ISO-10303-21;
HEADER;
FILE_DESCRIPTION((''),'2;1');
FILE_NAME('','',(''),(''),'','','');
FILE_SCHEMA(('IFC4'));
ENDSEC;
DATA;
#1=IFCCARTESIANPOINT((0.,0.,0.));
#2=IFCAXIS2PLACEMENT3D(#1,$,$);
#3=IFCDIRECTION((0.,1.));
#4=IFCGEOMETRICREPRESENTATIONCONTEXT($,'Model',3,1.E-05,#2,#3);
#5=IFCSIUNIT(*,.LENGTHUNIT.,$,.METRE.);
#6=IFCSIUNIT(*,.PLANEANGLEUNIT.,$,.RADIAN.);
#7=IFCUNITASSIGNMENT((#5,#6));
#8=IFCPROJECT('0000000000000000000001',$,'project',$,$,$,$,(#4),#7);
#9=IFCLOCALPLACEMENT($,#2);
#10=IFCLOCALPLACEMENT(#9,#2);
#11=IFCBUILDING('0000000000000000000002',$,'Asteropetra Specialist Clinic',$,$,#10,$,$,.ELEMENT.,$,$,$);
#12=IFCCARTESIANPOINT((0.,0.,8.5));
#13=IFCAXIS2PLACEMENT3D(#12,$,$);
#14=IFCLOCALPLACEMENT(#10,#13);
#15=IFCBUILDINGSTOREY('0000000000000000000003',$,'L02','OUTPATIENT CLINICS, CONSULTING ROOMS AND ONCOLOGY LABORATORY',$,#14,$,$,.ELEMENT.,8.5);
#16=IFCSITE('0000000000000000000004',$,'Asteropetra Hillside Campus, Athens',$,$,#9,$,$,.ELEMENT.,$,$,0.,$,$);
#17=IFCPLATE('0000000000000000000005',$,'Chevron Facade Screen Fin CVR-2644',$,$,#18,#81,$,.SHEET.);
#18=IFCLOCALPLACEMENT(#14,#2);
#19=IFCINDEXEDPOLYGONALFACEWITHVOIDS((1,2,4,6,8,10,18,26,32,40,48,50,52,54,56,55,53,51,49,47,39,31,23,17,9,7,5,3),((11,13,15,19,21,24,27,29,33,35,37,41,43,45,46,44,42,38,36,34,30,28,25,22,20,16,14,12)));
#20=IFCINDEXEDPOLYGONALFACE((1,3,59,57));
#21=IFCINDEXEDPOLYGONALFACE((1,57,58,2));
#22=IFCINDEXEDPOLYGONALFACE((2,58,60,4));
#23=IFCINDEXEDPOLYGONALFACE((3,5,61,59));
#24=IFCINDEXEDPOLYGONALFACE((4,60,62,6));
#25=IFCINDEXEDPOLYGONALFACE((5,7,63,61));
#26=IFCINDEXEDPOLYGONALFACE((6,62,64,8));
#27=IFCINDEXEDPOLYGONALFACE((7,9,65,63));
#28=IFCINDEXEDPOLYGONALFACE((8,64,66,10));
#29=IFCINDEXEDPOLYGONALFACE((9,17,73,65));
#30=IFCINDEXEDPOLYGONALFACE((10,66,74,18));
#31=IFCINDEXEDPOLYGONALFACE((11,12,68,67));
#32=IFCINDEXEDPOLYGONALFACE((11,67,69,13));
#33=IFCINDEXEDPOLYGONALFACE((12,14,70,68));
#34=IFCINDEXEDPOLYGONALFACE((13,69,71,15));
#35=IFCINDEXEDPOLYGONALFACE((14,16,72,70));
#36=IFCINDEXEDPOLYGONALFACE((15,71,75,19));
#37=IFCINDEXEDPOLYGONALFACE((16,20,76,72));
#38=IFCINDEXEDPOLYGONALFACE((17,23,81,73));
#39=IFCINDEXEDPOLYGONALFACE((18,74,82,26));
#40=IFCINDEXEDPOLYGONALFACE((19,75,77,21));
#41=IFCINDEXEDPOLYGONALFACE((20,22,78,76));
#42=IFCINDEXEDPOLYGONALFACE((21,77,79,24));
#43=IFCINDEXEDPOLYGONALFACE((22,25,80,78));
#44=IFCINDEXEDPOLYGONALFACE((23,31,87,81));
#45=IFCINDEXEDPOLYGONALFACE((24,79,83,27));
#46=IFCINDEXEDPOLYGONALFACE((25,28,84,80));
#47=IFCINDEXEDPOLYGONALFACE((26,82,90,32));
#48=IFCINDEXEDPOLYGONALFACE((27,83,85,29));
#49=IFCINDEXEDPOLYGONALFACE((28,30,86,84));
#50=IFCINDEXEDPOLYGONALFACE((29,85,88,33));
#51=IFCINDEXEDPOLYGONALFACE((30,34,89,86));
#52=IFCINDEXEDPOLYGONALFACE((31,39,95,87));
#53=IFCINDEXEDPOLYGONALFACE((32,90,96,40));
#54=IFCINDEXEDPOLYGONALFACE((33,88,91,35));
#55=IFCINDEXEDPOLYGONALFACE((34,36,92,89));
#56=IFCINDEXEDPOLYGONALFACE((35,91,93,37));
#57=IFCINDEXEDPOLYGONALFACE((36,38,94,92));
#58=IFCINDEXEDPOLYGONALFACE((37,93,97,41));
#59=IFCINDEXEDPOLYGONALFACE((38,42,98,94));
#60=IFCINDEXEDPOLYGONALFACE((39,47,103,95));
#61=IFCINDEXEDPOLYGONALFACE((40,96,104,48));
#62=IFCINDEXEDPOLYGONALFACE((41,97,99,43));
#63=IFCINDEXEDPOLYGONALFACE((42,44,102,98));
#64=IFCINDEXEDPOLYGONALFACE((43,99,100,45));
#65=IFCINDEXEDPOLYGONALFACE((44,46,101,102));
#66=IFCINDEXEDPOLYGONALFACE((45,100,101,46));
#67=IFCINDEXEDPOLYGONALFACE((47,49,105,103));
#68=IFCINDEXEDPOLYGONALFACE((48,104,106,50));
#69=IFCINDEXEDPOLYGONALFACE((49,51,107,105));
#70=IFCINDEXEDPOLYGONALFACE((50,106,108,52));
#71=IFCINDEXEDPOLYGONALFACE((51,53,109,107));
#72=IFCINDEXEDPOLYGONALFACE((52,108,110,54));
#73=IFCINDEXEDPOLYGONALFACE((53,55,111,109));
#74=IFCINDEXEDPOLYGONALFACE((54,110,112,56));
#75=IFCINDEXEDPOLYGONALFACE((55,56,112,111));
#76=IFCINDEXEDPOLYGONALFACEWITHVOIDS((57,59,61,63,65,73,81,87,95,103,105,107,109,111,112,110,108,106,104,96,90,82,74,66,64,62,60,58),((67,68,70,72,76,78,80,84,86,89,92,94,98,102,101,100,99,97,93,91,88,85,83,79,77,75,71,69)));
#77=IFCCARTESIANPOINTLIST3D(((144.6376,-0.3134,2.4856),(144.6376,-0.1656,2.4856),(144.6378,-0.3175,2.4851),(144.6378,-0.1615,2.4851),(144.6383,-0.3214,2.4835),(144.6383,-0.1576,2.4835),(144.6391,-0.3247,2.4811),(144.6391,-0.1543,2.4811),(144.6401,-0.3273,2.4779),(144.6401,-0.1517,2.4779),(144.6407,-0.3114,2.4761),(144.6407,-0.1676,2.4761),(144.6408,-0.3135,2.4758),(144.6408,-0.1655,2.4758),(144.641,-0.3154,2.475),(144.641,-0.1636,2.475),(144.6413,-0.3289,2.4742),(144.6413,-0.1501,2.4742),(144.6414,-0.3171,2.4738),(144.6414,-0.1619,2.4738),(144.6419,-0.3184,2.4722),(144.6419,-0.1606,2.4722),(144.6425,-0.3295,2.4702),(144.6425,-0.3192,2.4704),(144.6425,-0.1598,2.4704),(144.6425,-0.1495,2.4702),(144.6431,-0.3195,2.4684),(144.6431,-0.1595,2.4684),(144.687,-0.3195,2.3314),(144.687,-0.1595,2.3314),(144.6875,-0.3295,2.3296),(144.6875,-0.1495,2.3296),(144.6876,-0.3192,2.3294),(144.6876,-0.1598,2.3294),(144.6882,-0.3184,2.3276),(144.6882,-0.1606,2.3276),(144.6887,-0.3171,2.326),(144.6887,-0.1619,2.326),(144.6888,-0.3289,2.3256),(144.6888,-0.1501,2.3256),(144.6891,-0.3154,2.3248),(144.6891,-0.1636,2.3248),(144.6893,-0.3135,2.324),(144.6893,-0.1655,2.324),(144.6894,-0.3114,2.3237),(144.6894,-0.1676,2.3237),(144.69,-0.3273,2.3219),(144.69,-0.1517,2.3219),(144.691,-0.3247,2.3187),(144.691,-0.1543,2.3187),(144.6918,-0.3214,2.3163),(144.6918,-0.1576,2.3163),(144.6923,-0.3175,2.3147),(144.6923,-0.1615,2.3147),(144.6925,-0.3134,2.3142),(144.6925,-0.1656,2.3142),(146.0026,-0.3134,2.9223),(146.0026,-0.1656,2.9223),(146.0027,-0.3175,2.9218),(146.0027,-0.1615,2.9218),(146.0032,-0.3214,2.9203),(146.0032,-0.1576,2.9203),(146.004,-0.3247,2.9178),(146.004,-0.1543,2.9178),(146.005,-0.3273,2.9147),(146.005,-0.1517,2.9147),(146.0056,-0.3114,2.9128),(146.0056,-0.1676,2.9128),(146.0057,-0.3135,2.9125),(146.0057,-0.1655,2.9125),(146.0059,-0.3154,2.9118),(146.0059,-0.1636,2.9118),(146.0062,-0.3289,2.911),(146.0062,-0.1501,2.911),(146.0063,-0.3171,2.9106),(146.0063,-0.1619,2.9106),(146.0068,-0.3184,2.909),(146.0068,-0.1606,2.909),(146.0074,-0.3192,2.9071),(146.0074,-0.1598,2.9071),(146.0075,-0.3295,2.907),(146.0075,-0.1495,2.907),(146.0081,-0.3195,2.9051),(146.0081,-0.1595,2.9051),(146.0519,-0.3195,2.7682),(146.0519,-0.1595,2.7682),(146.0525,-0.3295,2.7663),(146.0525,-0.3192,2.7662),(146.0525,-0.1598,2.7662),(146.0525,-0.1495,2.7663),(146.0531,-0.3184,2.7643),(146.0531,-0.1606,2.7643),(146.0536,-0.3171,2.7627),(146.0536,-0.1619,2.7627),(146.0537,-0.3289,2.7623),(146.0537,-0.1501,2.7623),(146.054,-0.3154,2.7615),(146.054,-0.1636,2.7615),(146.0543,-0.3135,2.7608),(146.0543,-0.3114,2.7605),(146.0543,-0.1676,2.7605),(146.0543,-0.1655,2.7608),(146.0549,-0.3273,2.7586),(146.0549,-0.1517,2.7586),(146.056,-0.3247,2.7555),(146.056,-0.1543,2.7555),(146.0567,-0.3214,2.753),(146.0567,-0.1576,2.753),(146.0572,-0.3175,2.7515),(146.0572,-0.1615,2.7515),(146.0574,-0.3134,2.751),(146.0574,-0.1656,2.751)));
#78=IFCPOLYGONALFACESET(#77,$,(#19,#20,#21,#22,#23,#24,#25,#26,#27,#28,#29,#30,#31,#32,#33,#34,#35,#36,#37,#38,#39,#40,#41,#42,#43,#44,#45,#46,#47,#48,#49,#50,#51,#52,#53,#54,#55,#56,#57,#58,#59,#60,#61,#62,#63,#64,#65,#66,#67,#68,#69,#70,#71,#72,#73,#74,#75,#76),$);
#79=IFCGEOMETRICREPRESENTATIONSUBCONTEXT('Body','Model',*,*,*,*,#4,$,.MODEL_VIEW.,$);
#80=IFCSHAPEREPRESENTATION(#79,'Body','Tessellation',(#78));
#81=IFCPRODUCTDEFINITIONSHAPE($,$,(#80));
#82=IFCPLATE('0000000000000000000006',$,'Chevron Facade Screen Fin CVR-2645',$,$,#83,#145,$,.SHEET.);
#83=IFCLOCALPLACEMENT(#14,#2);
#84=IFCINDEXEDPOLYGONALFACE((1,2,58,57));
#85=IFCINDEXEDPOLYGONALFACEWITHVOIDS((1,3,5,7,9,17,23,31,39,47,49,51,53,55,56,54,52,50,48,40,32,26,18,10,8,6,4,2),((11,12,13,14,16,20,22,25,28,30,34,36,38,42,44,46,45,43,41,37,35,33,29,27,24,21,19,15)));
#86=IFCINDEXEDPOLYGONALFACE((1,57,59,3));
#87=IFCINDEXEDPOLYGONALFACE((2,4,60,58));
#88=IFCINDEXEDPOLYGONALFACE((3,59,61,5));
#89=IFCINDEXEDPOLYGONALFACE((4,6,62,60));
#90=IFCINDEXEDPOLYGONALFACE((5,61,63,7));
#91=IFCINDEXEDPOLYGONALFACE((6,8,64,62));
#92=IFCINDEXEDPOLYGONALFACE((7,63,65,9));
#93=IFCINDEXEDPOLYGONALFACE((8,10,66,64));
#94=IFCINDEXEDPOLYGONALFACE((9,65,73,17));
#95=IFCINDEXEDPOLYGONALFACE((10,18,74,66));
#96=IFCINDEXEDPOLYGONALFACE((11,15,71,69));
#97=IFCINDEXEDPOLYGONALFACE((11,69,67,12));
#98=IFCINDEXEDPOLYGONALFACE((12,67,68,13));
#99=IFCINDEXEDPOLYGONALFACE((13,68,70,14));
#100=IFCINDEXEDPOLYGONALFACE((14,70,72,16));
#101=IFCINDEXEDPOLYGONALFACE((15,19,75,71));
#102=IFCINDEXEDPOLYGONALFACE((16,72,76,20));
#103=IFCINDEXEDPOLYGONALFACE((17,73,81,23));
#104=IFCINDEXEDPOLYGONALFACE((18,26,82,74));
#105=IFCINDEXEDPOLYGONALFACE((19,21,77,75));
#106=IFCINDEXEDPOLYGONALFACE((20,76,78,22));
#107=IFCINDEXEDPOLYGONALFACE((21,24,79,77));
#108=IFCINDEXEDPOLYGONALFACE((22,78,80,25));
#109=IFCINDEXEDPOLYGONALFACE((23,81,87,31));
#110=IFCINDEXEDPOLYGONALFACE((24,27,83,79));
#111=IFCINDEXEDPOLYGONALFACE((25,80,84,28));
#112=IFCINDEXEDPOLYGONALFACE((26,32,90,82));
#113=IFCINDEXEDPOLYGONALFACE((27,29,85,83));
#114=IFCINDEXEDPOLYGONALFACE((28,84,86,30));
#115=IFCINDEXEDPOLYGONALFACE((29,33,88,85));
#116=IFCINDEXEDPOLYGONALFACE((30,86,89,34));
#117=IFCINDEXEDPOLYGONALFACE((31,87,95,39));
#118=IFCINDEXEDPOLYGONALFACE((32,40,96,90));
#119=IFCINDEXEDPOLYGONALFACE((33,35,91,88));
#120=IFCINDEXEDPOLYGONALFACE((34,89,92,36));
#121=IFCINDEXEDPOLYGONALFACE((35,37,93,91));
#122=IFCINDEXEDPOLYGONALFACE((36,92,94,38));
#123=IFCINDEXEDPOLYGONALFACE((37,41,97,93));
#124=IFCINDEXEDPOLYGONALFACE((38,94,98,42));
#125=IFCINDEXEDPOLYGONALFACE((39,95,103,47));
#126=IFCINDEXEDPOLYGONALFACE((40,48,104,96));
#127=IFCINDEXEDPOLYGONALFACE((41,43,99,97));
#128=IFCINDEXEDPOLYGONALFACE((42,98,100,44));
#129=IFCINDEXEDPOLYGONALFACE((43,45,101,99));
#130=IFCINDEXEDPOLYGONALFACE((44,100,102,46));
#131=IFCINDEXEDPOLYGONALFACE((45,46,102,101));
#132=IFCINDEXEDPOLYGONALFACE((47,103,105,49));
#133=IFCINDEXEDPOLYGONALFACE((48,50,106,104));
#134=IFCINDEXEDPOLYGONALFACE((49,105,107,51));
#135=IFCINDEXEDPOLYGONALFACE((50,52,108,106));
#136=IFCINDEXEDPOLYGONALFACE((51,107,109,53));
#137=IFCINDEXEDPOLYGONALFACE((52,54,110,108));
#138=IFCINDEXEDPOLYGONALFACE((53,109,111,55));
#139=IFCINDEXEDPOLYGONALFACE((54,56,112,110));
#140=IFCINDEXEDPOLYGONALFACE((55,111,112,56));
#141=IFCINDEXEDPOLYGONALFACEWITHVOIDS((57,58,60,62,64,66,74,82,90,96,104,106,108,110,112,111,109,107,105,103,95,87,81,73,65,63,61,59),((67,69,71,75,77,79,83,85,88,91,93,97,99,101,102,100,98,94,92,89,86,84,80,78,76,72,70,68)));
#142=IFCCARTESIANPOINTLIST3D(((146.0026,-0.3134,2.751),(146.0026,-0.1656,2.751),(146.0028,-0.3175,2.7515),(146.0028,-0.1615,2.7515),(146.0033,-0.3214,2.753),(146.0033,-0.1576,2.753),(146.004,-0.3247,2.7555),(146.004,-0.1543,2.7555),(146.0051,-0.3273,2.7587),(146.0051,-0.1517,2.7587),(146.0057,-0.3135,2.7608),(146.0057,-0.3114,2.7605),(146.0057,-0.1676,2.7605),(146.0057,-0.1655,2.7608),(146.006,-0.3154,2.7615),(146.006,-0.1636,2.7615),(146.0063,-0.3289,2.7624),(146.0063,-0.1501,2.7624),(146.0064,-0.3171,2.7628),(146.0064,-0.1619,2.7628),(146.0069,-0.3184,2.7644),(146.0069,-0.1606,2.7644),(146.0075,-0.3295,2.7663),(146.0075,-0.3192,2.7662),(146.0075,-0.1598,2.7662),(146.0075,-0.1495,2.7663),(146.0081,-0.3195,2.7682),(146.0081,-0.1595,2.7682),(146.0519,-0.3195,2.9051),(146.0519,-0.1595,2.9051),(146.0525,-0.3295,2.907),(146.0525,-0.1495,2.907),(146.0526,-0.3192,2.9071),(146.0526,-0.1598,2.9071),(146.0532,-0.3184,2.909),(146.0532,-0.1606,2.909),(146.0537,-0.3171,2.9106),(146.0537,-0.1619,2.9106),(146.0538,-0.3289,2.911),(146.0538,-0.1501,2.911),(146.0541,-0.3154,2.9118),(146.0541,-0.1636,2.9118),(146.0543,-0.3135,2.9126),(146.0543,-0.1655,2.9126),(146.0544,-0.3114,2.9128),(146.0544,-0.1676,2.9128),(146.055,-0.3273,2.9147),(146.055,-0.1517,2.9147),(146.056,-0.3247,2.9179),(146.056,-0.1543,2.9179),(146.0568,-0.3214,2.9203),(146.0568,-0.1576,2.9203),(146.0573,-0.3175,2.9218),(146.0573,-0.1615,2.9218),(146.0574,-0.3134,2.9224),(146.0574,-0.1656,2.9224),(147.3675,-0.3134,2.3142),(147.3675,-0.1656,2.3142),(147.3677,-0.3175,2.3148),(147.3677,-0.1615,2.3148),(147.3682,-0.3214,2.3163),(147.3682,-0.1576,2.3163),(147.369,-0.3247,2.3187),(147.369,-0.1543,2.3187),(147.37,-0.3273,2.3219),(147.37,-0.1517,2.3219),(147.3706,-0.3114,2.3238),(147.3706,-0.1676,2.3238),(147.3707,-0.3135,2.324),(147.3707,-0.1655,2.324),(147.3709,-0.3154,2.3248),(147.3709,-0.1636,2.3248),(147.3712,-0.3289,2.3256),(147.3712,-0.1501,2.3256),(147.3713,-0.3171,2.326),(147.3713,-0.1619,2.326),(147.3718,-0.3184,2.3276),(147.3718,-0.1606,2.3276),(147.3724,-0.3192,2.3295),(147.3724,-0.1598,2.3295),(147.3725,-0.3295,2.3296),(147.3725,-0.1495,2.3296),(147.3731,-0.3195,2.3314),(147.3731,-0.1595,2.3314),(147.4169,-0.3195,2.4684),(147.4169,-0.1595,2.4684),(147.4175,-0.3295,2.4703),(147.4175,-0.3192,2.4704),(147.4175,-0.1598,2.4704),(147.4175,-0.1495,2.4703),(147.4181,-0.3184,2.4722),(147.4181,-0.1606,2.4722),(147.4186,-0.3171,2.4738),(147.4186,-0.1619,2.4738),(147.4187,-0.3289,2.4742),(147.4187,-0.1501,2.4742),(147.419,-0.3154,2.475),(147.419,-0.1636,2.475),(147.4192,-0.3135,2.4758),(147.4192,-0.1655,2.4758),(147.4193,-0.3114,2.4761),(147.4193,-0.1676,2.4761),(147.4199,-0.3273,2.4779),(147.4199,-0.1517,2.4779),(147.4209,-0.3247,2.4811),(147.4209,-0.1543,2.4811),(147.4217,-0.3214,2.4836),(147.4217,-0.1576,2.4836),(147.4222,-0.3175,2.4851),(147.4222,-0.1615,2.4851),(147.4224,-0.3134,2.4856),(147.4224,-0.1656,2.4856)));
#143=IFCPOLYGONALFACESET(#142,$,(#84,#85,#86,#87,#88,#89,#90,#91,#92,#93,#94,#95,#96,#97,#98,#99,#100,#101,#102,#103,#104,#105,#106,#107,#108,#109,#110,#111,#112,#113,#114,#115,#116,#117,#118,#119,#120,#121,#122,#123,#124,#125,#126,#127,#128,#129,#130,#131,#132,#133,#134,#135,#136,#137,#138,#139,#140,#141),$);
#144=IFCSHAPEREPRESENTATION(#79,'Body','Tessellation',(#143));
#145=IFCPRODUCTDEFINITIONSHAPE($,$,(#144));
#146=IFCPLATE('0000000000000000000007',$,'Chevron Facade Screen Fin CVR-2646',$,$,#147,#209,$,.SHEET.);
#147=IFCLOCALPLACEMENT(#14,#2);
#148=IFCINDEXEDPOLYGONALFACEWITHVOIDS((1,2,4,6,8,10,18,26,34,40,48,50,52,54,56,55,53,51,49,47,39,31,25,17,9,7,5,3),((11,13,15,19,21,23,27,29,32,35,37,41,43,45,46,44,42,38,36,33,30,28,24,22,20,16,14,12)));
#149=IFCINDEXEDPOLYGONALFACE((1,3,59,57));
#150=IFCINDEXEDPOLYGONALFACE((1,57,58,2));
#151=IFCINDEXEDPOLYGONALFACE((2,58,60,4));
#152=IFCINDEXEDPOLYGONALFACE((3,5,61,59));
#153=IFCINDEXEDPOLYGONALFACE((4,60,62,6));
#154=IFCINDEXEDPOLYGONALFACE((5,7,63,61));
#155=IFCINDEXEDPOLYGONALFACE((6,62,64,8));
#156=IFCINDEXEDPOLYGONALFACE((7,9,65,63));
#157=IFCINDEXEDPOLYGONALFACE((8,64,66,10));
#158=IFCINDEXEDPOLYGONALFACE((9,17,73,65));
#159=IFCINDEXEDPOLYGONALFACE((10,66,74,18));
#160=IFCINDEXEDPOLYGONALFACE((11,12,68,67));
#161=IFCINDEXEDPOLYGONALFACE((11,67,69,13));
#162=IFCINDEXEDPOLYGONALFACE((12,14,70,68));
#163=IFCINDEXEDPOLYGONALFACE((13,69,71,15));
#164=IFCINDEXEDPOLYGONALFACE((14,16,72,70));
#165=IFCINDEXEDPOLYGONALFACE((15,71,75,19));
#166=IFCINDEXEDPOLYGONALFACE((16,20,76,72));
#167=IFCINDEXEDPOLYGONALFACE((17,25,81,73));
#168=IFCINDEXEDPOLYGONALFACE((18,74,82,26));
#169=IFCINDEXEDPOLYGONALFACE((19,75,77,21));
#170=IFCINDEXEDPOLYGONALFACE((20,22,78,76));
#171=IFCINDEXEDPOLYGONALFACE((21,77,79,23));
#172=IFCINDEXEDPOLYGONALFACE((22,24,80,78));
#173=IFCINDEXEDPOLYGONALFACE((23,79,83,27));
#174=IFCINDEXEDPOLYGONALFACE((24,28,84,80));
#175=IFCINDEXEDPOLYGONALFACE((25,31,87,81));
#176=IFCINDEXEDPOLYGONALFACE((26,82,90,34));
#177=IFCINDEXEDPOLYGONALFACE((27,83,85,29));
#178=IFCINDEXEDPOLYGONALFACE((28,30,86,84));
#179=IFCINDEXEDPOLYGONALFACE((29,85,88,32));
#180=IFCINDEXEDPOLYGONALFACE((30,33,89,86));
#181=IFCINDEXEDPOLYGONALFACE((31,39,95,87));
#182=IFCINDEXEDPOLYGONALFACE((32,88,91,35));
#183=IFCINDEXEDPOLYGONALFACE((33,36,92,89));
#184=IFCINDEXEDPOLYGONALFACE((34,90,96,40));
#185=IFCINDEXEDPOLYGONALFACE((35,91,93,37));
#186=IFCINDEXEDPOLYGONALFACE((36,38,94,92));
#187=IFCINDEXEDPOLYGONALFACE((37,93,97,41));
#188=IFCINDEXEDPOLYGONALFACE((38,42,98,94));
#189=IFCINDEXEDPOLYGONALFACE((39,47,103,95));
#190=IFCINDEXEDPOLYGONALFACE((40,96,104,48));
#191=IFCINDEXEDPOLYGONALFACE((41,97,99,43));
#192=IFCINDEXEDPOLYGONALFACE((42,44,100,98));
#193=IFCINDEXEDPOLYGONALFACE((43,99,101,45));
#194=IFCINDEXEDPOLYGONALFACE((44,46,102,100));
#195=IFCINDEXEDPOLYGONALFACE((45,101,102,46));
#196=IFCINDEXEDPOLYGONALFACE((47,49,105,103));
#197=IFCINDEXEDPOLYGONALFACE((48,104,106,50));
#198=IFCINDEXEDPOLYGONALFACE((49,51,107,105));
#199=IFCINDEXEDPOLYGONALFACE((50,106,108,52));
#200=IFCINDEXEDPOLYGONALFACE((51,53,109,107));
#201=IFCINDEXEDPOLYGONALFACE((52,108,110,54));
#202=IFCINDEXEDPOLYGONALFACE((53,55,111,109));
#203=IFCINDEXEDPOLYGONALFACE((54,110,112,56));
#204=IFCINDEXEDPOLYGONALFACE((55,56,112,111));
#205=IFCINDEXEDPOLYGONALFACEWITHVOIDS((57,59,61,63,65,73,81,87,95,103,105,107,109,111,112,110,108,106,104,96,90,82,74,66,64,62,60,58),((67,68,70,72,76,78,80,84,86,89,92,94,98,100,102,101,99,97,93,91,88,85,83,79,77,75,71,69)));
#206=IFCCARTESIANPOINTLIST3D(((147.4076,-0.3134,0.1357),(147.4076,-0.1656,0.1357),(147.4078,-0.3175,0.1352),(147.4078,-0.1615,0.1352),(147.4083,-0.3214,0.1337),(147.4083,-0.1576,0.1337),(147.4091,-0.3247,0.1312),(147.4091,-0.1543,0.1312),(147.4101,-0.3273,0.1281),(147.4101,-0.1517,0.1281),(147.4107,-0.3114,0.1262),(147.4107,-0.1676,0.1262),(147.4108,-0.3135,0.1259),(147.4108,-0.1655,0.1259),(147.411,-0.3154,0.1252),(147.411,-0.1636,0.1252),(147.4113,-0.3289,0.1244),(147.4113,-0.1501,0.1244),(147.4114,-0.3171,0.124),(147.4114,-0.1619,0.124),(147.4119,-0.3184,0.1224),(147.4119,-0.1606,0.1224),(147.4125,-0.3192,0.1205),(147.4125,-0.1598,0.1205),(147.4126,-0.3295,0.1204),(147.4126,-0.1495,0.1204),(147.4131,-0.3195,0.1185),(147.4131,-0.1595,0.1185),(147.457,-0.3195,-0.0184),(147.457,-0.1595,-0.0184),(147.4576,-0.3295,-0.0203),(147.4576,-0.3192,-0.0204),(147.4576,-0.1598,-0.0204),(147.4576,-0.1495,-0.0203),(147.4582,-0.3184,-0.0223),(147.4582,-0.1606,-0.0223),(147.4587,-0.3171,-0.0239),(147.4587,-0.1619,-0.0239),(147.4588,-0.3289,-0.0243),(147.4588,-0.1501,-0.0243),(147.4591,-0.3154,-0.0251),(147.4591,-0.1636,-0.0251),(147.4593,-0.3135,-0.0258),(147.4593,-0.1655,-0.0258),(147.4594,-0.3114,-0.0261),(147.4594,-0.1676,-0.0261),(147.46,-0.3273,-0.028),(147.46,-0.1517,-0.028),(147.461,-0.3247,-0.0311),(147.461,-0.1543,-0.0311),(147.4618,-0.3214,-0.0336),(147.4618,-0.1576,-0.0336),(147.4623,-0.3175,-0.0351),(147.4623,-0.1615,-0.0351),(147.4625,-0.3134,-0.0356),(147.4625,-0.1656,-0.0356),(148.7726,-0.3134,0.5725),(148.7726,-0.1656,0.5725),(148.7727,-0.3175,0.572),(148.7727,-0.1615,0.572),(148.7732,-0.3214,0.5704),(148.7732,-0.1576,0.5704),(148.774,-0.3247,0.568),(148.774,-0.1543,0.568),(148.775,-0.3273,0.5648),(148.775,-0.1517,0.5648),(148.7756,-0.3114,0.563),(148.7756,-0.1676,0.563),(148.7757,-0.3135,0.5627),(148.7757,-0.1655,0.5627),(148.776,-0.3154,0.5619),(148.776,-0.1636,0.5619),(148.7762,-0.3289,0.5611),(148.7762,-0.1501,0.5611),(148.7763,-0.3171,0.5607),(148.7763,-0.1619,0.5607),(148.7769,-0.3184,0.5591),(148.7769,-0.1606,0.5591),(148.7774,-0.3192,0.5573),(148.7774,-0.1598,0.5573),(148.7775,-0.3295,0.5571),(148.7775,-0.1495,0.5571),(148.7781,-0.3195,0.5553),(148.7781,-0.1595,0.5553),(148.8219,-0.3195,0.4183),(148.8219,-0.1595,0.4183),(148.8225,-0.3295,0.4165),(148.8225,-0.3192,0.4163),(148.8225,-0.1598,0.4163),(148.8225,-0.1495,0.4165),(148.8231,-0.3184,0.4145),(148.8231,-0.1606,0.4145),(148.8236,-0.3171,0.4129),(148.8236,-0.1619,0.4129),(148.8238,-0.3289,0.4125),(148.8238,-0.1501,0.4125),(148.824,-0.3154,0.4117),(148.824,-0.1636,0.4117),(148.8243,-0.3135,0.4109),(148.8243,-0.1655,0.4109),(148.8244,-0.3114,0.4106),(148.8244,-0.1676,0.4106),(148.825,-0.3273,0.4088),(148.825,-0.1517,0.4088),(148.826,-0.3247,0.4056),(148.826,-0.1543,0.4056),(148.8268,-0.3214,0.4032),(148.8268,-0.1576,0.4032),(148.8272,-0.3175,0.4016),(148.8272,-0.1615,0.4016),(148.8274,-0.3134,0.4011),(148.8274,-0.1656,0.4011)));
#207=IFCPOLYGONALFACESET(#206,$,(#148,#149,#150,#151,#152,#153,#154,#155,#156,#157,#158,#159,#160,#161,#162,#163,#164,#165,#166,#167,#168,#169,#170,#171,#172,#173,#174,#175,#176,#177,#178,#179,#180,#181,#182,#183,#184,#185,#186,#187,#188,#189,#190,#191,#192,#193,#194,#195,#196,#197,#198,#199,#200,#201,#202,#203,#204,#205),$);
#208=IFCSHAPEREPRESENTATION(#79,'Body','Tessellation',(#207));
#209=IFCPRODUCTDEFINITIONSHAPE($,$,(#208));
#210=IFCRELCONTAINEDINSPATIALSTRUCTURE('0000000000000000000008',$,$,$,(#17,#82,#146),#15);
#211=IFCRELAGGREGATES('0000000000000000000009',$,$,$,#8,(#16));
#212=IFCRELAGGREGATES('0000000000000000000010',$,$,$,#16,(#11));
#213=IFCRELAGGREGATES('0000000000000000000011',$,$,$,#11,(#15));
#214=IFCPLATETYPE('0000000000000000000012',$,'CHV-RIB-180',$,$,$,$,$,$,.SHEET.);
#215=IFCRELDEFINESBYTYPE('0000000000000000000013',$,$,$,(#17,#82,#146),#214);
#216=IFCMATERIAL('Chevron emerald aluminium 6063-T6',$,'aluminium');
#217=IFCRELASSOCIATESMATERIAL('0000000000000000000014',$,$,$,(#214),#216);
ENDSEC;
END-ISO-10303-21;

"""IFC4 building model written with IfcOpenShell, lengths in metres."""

from ifc_helpers import new_model, si_unit, direction, frame, origin, origin_2d, place, context, subcontext, project, spatial, hollow_rectangle, extrude, material, material_profile, profile_set, type_object, element, save


model = new_model("IFC4")

# Units and contexts
model_context = context("Model", 3, precision=1e-05, world=origin(), true_north=direction((0.0, 1.0)))
body_context = subcontext(model_context, "Body", "Model", "MODEL_VIEW")
ifc_project = project(units=[si_unit("LENGTHUNIT", "METRE"), si_unit("PLANEANGLEUNIT", "RADIAN")], contexts=[model_context])

# Site, building, storey
site_placement = place(None, origin())
site = spatial("IfcSite", under=ifc_project, at=site_placement, Name="Asteropetra Hillside Campus, Athens", CompositionType="ELEMENT", RefElevation=0.0)
building_placement = place(site_placement, origin())
building = spatial("IfcBuilding", under=site, at=building_placement, Name="Asteropetra Specialist Clinic", CompositionType="ELEMENT")
storey_placement = place(building_placement, frame((0.0, 0.0, 8.5)))
storey = spatial("IfcBuildingStorey", under=building, at=storey_placement, Name="L02", Description="OUTPATIENT CLINICS, CONSULTING ROOMS AND ONCOLOGY LABORATORY", CompositionType="ELEMENT", Elevation=8.5)

# Plates
ifc_material_1 = material(Name="Chevron emerald aluminium 6063-T6", Category="aluminium")
ifc_material_profile_1 = material_profile(ifc_material_1, hollow_rectangle(XDim=0.1799, YDim=0.1799, WallThickness=0.01, InnerFilletRadius=0.0081, OuterFilletRadius=0.0161, at=origin_2d()), Name="SHS 180x180x10.0")
ifc_profile_set_1 = profile_set([ifc_material_profile_1], Name="Chevron emerald aluminium 6063-T6")
plate_type = type_object("IfcPlateType", Name="CHV-RIB-180", PredefinedType="SHEET", material=ifc_profile_set_1)
for number, where, z_axis, x_axis, name in (
    (1, (144.665, -0.2395, 2.3999), (0.95243, 0.0, 0.304757), (0.0, 1.0, 0.0), "Chevron Facade Screen Fin CVR-2644"),
    (2, (146.03, -0.2395, 2.8367), (0.95243, 0.0, -0.304757), (0.0, 1.0, 0.0), "Chevron Facade Screen Fin CVR-2645"),
    (3, (147.4351, -0.2395, 0.05), (0.95243, 0.0, 0.304757), (0.0, 1.0, 0.0), "Chevron Facade Screen Fin CVR-2646"),
):
    element("IfcPlate", number, at=place(storey_placement, frame(where, z_axis=z_axis, x_axis=x_axis)), inside=storey, type_object=plate_type, Name=name, PredefinedType="SHEET", context=body_context, shape_type="SweptSolid", body=[
        extrude(hollow_rectangle(XDim=0.1799, YDim=0.1799, WallThickness=0.01, InnerFilletRadius=0.0081, OuterFilletRadius=0.0161, at=origin_2d()), origin(), (0.0, 0.0, 1.0), 1.4331),
    ])

save(model, "model.ifc")
